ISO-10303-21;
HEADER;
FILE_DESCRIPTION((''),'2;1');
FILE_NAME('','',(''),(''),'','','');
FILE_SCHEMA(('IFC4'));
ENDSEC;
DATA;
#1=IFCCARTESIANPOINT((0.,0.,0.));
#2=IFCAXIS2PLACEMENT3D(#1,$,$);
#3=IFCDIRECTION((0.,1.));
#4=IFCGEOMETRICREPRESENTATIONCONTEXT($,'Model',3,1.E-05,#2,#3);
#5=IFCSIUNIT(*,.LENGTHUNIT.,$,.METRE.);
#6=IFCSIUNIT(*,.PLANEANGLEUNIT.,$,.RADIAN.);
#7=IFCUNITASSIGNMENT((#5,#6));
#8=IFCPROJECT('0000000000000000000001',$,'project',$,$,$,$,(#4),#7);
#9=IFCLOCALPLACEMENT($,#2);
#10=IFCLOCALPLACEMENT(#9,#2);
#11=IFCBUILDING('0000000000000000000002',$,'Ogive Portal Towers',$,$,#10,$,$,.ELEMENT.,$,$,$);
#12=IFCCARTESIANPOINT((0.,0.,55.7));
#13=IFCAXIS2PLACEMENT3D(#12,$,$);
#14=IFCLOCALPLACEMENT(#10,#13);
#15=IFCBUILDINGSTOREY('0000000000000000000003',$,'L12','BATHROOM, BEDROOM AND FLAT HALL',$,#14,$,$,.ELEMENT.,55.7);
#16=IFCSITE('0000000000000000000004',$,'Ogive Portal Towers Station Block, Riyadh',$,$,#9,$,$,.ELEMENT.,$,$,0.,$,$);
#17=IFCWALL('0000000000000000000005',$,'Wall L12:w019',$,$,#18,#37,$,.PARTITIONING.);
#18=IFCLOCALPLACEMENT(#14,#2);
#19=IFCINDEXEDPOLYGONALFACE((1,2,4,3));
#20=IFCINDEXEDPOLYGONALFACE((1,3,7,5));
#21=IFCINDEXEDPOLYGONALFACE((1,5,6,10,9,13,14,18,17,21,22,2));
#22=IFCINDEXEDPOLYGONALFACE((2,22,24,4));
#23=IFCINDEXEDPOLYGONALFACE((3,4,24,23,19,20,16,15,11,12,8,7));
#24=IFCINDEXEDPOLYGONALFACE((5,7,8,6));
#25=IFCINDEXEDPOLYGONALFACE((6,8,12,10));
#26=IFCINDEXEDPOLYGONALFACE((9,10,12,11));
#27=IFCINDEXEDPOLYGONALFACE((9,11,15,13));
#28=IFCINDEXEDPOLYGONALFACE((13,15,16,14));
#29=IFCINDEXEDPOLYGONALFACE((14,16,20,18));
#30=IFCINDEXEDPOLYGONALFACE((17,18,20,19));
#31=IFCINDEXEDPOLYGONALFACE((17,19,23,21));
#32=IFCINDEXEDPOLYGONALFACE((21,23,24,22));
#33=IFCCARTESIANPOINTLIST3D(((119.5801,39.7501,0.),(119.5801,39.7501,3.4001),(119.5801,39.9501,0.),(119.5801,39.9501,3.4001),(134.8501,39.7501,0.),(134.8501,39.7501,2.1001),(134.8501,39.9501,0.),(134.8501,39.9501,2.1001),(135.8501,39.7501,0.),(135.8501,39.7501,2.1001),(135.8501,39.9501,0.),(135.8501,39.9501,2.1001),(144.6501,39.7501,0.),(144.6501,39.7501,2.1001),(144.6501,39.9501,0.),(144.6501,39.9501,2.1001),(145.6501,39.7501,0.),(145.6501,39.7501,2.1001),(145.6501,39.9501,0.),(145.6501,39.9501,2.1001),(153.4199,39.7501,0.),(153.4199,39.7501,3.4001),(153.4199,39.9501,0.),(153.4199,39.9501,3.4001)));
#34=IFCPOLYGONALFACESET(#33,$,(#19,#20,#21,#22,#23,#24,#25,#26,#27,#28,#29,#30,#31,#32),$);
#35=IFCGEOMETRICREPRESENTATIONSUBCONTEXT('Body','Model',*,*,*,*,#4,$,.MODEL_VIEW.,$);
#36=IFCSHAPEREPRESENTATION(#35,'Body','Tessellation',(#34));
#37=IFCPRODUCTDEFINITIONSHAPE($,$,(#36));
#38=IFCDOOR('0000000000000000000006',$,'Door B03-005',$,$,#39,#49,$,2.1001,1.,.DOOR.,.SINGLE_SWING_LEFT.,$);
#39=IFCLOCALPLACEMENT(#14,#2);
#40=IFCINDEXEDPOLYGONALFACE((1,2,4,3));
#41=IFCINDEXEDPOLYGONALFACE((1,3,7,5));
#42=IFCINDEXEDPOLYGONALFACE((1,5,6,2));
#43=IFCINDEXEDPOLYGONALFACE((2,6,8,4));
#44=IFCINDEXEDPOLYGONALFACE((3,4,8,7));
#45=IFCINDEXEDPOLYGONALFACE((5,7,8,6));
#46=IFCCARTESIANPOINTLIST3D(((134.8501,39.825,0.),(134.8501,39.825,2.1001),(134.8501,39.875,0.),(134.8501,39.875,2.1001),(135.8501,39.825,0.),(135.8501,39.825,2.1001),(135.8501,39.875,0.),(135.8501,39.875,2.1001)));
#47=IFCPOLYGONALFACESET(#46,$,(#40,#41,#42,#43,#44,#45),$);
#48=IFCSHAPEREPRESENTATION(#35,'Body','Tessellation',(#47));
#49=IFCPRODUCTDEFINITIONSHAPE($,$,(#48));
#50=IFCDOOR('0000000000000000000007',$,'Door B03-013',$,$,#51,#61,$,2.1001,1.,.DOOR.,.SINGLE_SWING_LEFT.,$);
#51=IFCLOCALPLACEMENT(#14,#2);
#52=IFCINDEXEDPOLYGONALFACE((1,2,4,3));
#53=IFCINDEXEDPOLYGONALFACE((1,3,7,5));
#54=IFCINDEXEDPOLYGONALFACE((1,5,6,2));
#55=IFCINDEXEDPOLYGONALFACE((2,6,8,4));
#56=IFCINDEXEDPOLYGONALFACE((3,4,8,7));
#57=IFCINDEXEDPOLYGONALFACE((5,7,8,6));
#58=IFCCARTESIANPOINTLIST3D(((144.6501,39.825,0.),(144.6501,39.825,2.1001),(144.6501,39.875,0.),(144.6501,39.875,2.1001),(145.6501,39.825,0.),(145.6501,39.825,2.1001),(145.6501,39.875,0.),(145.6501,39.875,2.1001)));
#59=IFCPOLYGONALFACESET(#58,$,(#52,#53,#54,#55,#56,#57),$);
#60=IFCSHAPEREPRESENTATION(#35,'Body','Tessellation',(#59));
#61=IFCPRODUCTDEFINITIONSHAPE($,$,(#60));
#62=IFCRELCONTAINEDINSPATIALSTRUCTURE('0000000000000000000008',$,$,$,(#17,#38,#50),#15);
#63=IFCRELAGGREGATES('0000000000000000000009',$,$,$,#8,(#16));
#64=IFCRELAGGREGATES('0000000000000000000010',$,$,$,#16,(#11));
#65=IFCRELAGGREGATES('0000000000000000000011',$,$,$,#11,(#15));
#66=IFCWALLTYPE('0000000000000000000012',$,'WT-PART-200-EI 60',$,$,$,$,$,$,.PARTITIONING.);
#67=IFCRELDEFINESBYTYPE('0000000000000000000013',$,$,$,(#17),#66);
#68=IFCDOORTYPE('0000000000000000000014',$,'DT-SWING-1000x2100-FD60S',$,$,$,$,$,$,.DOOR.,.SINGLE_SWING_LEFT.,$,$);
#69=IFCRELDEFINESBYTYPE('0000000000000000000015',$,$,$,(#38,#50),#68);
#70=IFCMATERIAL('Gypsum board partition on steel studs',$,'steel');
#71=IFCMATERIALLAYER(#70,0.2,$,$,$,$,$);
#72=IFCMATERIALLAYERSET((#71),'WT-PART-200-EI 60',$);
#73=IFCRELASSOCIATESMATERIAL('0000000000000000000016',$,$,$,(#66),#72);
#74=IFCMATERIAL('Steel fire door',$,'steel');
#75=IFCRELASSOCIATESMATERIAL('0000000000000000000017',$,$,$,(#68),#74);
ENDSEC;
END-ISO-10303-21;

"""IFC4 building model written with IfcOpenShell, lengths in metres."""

from ifc_helpers import new_model, si_unit, direction, frame, frame_2d, origin, place, context, subcontext, project, spatial, rectangle, extrude, material, layer, layer_set, type_object, element, fill, save


model = new_model("IFC4")

# Units and contexts
model_context = context("Model", 3, precision=1e-05, world=origin(), true_north=direction((0.0, 1.0)))
body_context = subcontext(model_context, "Body", "Model", "MODEL_VIEW")
ifc_project = project(units=[si_unit("LENGTHUNIT", "METRE"), si_unit("PLANEANGLEUNIT", "RADIAN")], contexts=[model_context])

# Site, building, storey
site_placement = place(None, origin())
site = spatial("IfcSite", under=ifc_project, at=site_placement, Name="Ogive Portal Towers Station Block, Riyadh", CompositionType="ELEMENT", RefElevation=0.0)
building_placement = place(site_placement, origin())
building = spatial("IfcBuilding", under=site, at=building_placement, Name="Ogive Portal Towers", CompositionType="ELEMENT")
storey_placement = place(building_placement, frame((0.0, 0.0, 55.7)))
storey = spatial("IfcBuildingStorey", under=building, at=storey_placement, Name="L12", Description="BATHROOM, BEDROOM AND FLAT HALL", CompositionType="ELEMENT", Elevation=55.7)

# Shared definitions
ifc_material_1 = material(Name="Gypsum board partition on steel studs", Category="steel")
ifc_layer_1 = layer(ifc_material_1, 0.2)
ifc_layer_set_1 = layer_set([ifc_layer_1], Name="WT-PART-200-EI 60")
wall_type = type_object("IfcWallType", Name="WT-PART-200-EI 60", PredefinedType="PARTITIONING", material=ifc_layer_set_1)

# Wall, openings, doors
wall_1_placement = place(storey_placement, frame((119.5801, 39.8501, 0.0), z_axis=(0.0, 0.0, 1.0), x_axis=(1.0, 0.0, 0.0)))
wall_1 = element("IfcWall", 1, at=wall_1_placement, inside=storey, type_object=wall_type, Name="Wall L12:w019", PredefinedType="PARTITIONING", context=body_context, shape_type="SweptSolid", body=[
    extrude(rectangle(XDim=33.8398, YDim=0.2, at=frame_2d((16.9199, 0.0))), origin(), (0.0, 0.0, 1.0), 3.4001),
])
opening_1_placement = place(wall_1_placement, frame((15.27, 0.0, 0.0)))
opening_1 = element("IfcOpeningElement", 2, at=opening_1_placement, cuts=wall_1, PredefinedType="OPENING", context=body_context, shape_type="SweptSolid", body=[
    extrude(rectangle(XDim=1.0, YDim=2.1001, at=frame_2d((0.5, 1.05))), frame((0.0, 0.1099, 0.0), z_axis=(0.0, -1.0, 0.0), x_axis=(1.0, 0.0, 0.0)), (0.0, 0.0, 1.0), 0.22),
])
opening_2_placement = place(wall_1_placement, frame((25.0701, 0.0, 0.0)))
opening_2 = element("IfcOpeningElement", 3, at=opening_2_placement, cuts=wall_1, PredefinedType="OPENING", context=body_context, shape_type="SweptSolid", body=[
    extrude(rectangle(XDim=1.0, YDim=2.1001, at=frame_2d((0.5, 1.05))), frame((0.0, 0.1099, 0.0), z_axis=(0.0, -1.0, 0.0), x_axis=(1.0, 0.0, 0.0)), (0.0, 0.0, 1.0), 0.22),
])
ifc_material_2 = material(Name="Steel fire door", Category="steel")
door_type_1 = type_object("IfcDoorType", Name="DT-SWING-1000x2100-FD60S", OperationType="SINGLE_SWING_LEFT", PredefinedType="DOOR", material=ifc_material_2)
door_1_placement = place(opening_1_placement, origin())
door_1 = element("IfcDoor", 4, at=door_1_placement, inside=storey, type_object=door_type_1, Name="Door B03-005", OperationType="SINGLE_SWING_LEFT", OverallHeight=2.1001, OverallWidth=1.0, PredefinedType="DOOR", context=body_context, shape_type="SweptSolid", body=[
    extrude(rectangle(XDim=1.0, YDim=2.1001, at=frame_2d((0.5, 1.05))), frame((0.0, 0.0249, 0.0), z_axis=(0.0, -1.0, 0.0), x_axis=(1.0, 0.0, 0.0)), (0.0, 0.0, 1.0), 0.05),
])
fill(opening_1, door_1)
door_2_placement = place(opening_2_placement, origin())
door_2 = element("IfcDoor", 5, at=door_2_placement, inside=storey, type_object=door_type_1, Name="Door B03-013", OperationType="SINGLE_SWING_LEFT", OverallHeight=2.1001, OverallWidth=1.0, PredefinedType="DOOR", context=body_context, shape_type="SweptSolid", body=[
    extrude(rectangle(XDim=1.0, YDim=2.1001, at=frame_2d((0.5, 1.05))), frame((0.0, 0.0249, 0.0), z_axis=(0.0, -1.0, 0.0), x_axis=(1.0, 0.0, 0.0)), (0.0, 0.0, 1.0), 0.05),
])
fill(opening_2, door_2)

save(model, "model.ifc")
